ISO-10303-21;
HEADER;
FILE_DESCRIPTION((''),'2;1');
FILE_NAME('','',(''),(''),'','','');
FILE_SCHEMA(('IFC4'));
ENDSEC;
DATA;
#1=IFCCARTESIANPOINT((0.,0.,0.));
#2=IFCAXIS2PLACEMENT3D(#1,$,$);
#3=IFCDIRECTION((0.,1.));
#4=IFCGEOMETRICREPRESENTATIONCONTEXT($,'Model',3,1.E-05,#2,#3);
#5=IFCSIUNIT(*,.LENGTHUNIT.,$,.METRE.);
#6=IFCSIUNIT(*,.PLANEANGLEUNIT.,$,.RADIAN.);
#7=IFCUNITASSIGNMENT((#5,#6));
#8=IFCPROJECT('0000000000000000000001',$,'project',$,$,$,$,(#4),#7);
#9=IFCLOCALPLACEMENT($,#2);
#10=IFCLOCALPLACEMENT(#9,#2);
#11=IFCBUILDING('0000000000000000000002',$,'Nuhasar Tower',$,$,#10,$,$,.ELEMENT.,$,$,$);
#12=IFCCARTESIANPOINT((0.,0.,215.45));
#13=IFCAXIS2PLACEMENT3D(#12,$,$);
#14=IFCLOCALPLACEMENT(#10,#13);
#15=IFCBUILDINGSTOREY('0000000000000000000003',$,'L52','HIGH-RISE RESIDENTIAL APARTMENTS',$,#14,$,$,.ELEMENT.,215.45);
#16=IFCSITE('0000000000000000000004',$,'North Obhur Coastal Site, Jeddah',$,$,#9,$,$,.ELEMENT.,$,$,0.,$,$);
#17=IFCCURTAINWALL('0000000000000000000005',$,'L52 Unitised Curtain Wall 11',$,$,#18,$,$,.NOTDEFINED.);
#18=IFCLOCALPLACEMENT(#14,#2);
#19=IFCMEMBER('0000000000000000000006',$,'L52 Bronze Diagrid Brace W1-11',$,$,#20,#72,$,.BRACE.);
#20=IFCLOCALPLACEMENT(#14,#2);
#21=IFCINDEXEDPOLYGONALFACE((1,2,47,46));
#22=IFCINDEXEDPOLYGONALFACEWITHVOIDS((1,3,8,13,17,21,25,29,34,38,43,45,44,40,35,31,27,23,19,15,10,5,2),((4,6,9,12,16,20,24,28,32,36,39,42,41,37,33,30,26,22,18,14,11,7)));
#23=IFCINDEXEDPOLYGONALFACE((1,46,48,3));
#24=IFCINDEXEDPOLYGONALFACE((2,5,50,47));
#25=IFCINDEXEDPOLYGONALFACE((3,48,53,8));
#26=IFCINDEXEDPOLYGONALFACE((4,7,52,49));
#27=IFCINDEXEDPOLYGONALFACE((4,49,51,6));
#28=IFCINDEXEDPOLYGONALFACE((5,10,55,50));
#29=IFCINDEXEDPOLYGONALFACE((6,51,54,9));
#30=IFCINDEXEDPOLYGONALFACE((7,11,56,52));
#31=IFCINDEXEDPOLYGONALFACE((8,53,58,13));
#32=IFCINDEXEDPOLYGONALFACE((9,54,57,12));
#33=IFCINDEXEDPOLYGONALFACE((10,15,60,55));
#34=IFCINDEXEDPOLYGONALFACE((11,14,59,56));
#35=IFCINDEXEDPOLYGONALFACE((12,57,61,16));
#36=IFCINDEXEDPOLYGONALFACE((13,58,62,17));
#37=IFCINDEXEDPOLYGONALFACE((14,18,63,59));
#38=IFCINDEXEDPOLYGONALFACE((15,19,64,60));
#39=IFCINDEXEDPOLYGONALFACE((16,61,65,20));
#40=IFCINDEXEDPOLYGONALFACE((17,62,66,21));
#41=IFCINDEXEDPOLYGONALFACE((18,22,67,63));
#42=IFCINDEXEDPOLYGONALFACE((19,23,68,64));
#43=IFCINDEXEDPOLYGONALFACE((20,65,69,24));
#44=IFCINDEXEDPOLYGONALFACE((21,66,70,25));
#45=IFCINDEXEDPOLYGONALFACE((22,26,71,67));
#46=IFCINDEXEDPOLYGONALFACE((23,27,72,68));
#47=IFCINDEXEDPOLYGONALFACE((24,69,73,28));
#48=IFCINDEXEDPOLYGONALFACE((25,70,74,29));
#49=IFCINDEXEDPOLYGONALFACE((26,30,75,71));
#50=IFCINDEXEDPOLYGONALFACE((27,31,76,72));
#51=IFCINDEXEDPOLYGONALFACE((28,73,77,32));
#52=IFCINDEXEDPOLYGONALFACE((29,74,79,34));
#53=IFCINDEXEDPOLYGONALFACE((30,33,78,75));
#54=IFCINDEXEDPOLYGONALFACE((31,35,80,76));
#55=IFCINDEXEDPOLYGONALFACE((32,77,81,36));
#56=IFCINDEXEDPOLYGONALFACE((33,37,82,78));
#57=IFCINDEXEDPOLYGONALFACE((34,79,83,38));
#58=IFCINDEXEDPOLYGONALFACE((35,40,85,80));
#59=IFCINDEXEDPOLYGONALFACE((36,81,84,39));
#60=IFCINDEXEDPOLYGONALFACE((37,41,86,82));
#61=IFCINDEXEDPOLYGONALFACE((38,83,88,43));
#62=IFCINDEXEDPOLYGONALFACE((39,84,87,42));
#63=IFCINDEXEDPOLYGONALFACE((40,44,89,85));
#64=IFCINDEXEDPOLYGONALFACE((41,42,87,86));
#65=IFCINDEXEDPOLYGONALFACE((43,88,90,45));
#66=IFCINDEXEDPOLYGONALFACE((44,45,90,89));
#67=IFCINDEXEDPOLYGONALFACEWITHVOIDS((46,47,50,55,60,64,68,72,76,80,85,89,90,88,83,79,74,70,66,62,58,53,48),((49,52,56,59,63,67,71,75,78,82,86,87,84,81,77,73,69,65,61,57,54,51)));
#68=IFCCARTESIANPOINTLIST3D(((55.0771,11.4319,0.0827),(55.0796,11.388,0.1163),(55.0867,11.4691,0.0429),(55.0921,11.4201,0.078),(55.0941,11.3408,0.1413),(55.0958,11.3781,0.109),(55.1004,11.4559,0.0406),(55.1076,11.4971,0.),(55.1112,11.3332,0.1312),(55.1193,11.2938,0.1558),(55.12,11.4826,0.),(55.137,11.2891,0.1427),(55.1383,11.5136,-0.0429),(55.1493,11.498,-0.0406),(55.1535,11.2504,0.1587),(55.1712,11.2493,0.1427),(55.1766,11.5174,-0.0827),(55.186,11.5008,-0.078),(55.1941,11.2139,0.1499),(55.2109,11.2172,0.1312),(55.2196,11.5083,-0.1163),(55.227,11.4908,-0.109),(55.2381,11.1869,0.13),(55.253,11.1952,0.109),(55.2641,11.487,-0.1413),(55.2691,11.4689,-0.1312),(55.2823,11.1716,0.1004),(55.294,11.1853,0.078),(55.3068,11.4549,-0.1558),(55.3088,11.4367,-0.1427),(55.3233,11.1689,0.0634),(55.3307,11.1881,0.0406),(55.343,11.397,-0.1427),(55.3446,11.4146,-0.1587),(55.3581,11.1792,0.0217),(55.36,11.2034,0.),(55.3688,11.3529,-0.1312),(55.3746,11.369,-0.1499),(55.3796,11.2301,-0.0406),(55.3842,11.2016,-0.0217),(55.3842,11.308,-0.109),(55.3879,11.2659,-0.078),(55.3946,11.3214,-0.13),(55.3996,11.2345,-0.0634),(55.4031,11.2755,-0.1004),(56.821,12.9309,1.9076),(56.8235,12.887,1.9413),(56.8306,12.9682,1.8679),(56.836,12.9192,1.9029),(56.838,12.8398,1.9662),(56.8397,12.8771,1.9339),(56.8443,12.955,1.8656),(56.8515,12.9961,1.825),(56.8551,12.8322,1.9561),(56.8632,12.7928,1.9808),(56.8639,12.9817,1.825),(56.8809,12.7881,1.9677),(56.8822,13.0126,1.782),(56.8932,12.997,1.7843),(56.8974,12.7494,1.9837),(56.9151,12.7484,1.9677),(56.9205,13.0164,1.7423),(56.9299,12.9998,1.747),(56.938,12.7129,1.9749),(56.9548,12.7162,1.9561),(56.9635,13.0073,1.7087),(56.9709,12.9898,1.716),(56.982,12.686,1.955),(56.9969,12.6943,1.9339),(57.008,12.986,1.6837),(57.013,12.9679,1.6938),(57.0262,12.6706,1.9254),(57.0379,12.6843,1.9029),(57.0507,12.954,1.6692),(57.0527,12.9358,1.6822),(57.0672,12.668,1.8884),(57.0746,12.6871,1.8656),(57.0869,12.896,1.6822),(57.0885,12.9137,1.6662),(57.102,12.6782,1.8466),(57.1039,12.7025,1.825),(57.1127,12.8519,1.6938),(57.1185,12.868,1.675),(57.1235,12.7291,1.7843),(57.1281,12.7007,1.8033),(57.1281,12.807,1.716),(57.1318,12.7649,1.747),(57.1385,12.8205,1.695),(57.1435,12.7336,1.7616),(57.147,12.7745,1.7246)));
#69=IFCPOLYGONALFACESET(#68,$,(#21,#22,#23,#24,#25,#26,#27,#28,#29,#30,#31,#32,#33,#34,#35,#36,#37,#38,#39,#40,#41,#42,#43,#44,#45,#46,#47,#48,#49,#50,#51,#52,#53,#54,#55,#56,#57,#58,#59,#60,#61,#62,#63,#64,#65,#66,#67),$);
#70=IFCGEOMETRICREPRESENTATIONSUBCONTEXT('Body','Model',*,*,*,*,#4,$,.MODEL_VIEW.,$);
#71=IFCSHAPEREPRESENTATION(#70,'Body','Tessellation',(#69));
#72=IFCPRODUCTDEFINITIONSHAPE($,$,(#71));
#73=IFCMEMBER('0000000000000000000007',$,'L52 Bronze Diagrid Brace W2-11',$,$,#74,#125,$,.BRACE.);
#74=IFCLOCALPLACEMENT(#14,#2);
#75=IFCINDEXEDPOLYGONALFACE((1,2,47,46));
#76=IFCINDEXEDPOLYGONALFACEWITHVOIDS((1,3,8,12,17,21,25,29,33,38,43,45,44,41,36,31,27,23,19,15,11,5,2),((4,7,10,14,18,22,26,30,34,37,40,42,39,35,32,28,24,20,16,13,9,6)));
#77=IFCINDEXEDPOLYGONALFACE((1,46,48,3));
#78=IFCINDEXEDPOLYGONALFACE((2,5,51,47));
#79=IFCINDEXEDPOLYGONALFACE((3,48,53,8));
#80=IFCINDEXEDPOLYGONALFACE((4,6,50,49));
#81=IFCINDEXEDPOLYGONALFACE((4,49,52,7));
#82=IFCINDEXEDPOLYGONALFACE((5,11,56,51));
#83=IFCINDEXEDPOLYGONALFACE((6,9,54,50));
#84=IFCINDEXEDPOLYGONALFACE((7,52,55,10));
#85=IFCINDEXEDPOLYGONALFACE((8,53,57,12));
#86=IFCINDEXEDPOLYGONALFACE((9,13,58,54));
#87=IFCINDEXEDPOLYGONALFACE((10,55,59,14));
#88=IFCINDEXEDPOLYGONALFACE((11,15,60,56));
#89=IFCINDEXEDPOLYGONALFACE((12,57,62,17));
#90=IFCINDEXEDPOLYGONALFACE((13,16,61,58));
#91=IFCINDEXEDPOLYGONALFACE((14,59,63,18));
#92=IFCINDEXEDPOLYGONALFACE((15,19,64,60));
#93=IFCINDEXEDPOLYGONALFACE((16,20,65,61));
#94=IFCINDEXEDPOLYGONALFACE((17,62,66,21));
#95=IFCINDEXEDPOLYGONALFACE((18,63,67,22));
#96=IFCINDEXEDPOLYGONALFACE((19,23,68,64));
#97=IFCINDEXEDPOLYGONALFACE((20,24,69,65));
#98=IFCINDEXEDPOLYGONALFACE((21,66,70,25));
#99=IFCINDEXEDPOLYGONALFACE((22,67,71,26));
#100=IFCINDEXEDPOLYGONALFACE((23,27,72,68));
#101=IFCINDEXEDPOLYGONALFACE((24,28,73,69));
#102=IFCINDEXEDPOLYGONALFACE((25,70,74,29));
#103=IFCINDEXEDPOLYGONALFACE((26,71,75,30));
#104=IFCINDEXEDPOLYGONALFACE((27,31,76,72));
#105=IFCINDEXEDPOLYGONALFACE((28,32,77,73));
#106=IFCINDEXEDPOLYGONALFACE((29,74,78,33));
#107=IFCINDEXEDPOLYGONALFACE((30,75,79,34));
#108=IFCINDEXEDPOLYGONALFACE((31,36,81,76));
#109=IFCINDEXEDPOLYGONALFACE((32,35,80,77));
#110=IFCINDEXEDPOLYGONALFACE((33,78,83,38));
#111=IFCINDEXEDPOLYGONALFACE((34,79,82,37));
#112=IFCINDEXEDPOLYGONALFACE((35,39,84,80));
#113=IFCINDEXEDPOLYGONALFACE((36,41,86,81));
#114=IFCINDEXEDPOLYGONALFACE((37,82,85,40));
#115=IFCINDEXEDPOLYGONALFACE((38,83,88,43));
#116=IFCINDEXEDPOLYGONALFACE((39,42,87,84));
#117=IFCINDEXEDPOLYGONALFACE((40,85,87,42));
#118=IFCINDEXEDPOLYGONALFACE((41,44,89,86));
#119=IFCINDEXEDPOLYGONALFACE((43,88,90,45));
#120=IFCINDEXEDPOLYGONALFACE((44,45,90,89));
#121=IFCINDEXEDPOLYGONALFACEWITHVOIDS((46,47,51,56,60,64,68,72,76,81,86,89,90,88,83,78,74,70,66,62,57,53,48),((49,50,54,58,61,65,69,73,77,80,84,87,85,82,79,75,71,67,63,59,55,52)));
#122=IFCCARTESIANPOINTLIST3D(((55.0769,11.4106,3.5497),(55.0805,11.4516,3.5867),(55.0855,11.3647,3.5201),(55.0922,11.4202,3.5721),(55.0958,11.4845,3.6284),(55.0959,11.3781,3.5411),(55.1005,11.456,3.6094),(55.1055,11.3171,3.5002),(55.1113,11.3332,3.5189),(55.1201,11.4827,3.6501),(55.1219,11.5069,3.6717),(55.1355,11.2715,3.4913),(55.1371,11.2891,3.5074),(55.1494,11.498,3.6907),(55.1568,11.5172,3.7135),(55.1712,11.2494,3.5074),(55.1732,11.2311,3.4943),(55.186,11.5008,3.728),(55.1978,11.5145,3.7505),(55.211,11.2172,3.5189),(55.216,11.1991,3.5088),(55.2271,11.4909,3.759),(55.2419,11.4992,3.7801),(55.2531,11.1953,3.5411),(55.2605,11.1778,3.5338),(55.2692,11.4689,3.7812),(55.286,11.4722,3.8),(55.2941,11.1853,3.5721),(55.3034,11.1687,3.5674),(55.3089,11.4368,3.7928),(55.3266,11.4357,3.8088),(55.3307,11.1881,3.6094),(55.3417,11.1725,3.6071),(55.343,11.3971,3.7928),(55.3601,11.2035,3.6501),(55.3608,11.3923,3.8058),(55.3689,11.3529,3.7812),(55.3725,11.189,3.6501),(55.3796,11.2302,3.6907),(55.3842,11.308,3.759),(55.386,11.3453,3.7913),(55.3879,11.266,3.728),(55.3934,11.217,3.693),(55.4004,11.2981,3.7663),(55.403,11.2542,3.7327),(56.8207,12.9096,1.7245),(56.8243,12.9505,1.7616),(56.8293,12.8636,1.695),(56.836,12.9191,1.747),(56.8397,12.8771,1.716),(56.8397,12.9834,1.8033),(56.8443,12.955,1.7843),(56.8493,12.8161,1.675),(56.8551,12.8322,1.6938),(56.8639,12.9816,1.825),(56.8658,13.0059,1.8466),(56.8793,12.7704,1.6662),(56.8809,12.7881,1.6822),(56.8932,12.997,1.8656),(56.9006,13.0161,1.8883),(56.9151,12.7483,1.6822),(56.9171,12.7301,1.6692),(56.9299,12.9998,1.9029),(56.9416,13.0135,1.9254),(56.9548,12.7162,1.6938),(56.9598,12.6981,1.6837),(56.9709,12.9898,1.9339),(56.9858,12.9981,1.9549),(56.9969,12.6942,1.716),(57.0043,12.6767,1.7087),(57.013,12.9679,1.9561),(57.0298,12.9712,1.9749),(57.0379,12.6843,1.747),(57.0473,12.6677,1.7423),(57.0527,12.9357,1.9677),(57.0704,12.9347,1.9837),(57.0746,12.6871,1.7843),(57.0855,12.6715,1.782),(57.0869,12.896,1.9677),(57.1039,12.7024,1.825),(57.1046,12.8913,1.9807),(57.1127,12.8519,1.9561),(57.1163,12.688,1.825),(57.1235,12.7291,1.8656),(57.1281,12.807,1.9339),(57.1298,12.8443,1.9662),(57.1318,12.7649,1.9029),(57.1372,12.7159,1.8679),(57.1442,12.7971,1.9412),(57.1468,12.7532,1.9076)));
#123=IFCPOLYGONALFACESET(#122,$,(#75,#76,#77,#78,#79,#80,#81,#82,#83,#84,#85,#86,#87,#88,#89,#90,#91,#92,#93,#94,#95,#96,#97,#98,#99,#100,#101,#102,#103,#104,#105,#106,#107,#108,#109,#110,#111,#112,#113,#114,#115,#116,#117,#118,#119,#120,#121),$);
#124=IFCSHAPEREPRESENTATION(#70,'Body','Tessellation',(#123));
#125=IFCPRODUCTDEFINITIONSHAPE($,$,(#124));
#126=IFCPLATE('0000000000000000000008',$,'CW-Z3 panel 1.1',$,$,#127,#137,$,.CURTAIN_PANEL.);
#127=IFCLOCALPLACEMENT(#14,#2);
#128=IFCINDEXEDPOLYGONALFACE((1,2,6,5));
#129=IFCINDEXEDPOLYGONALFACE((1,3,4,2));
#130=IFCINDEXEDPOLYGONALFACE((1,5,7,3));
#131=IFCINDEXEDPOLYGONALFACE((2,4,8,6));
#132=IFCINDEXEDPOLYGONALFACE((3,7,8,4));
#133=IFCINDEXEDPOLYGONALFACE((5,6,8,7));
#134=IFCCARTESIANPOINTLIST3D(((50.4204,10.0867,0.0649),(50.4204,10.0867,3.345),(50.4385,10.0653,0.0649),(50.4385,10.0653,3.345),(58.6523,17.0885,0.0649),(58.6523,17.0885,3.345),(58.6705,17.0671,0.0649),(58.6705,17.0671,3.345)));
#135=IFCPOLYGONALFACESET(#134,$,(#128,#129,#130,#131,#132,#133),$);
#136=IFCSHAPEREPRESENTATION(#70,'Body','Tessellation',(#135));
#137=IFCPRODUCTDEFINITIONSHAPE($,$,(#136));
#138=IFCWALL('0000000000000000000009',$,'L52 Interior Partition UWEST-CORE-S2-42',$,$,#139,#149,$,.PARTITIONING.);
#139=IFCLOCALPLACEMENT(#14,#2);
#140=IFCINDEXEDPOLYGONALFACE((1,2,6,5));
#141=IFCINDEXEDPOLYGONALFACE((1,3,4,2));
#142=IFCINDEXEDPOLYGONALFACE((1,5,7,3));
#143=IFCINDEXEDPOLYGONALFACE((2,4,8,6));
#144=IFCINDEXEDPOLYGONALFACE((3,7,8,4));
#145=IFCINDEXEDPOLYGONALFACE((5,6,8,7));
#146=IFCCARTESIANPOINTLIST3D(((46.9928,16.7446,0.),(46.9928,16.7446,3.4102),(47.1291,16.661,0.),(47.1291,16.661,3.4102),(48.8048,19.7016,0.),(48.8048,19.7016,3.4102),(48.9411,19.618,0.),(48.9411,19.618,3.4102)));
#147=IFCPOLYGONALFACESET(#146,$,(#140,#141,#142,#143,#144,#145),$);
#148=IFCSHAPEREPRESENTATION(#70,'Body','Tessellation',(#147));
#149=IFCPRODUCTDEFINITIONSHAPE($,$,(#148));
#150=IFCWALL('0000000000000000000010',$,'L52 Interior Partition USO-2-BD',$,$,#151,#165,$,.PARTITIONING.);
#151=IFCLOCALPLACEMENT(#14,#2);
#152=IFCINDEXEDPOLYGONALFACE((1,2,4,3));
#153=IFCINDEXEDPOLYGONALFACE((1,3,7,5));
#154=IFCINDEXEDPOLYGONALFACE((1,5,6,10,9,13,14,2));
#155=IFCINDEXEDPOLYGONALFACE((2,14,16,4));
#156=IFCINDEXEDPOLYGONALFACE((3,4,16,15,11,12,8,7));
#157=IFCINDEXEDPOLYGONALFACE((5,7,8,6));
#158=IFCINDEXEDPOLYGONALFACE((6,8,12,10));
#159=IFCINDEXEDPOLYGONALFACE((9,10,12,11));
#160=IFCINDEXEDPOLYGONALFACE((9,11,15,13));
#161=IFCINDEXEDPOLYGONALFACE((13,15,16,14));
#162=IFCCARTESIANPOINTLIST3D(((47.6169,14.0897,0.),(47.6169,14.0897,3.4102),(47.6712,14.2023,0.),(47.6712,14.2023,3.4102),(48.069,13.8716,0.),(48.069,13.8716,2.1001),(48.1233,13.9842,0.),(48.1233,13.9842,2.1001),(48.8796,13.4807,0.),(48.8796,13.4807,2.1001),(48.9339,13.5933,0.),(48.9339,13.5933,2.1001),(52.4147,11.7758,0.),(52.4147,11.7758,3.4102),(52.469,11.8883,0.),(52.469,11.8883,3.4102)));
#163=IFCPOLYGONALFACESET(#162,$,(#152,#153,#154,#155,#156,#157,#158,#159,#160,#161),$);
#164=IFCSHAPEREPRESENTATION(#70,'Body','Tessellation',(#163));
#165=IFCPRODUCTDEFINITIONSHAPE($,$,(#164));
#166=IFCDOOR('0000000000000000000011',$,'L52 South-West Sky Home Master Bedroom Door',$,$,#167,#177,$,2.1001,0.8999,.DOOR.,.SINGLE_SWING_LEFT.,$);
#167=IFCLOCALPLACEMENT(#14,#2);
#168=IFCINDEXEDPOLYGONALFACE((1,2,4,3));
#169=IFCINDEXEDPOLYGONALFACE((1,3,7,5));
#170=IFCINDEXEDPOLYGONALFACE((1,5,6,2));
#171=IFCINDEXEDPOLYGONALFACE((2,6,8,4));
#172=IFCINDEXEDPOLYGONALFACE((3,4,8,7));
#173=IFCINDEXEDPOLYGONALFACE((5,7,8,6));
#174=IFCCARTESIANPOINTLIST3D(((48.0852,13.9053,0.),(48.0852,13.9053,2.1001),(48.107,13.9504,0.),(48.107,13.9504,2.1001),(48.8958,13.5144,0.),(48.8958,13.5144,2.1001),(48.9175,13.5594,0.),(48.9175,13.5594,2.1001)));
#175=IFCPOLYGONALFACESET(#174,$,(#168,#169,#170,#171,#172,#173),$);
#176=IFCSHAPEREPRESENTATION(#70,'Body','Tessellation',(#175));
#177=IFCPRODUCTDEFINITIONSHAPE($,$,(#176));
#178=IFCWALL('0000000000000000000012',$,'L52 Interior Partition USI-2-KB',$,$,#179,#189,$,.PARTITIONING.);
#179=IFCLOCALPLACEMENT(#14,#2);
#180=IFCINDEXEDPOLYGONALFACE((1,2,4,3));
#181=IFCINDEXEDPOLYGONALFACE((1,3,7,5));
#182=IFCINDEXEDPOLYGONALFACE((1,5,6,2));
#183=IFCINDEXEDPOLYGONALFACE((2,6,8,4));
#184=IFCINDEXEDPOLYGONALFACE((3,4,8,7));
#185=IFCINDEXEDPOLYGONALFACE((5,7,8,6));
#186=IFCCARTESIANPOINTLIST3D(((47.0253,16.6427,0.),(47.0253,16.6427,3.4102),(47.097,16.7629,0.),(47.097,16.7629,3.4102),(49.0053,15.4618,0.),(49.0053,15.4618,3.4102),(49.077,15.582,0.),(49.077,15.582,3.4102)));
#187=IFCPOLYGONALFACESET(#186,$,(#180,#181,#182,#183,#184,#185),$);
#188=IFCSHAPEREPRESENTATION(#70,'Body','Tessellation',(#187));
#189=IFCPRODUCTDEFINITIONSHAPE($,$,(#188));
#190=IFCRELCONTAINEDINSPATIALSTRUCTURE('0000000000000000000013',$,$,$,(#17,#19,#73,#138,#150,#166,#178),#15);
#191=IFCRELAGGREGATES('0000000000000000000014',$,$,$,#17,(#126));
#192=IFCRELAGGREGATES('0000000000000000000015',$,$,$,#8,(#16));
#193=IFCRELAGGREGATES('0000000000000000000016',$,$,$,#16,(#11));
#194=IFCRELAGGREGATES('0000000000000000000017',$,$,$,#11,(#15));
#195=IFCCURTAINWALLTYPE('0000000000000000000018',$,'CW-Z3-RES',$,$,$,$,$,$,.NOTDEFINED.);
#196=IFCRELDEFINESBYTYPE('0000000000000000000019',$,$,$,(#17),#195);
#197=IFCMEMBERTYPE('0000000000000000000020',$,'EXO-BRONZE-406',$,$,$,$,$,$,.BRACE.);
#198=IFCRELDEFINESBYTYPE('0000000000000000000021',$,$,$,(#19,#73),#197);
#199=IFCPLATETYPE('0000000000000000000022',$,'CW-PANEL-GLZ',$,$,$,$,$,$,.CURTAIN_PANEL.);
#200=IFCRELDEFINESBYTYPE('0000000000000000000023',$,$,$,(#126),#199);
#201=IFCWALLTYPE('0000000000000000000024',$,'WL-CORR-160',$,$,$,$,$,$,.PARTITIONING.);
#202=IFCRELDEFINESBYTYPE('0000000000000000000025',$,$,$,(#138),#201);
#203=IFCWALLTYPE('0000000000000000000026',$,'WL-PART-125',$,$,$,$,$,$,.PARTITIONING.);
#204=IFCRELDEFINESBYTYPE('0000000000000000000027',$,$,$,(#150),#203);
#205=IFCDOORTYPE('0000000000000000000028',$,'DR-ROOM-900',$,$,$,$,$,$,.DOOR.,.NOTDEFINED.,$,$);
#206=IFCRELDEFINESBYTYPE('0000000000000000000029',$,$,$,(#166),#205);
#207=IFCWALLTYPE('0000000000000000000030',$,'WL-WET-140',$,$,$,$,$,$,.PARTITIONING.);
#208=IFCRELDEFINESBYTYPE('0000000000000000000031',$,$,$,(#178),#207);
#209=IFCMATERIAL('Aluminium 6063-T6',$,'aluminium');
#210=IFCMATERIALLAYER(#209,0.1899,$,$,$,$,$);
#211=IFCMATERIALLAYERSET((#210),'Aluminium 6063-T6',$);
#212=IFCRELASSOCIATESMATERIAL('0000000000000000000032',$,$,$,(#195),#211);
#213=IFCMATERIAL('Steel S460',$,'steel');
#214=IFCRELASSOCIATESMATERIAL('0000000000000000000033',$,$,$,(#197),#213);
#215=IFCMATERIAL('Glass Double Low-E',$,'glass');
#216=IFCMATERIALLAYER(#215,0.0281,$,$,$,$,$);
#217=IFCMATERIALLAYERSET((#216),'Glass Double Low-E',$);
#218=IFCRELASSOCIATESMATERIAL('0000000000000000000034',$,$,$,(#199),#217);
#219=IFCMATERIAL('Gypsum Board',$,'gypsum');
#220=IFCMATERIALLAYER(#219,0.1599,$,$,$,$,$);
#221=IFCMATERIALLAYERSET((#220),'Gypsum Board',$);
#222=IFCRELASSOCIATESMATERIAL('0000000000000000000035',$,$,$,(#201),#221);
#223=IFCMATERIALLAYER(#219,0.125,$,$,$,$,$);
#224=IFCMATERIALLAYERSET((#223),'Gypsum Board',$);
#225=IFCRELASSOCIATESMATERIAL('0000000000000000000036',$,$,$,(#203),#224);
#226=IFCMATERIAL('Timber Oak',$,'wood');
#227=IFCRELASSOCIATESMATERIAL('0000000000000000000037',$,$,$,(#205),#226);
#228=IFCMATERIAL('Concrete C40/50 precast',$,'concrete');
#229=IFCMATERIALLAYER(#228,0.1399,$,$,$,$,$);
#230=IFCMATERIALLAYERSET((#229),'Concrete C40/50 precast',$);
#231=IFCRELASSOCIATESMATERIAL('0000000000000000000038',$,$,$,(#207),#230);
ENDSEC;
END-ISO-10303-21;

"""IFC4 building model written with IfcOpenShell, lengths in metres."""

from ifc_helpers import new_model, si_unit, direction, frame, frame_2d, origin, origin_2d, place, context, subcontext, project, spatial, rectangle, hollow_circle, extrude, material, layer, layer_set, material_profile, profile_set, type_object, element, fill, aggregate, save


model = new_model("IFC4")

# Units and contexts
model_context = context("Model", 3, precision=1e-05, world=origin(), true_north=direction((0.0, 1.0)))
body_context = subcontext(model_context, "Body", "Model", "MODEL_VIEW")
ifc_project = project(units=[si_unit("LENGTHUNIT", "METRE"), si_unit("PLANEANGLEUNIT", "RADIAN")], contexts=[model_context])

# Site, building, storey
site_placement = place(None, origin())
site = spatial("IfcSite", under=ifc_project, at=site_placement, Name="North Obhur Coastal Site, Jeddah", CompositionType="ELEMENT", RefElevation=0.0)
building_placement = place(site_placement, origin())
building = spatial("IfcBuilding", under=site, at=building_placement, Name="Nuhasar Tower", CompositionType="ELEMENT")
storey_placement = place(building_placement, frame((0.0, 0.0, 215.45)))
storey = spatial("IfcBuildingStorey", under=building, at=storey_placement, Name="L52", Description="HIGH-RISE RESIDENTIAL APARTMENTS", CompositionType="ELEMENT", Elevation=215.45)

# Shared definitions
ifc_material_1 = material(Name="Aluminium 6063-T6", Category="aluminium")
ifc_layer_1 = layer(ifc_material_1, 0.1899)
ifc_layer_set_1 = layer_set([ifc_layer_1], Name="Aluminium 6063-T6")
curtain_wall_type = type_object("IfcCurtainWallType", Name="CW-Z3-RES", PredefinedType="NOTDEFINED", material=ifc_layer_set_1)

# Curtain wall
curtain_wall_1_placement = place(storey_placement, origin())
curtain_wall_1 = element("IfcCurtainWall", 1, at=curtain_wall_1_placement, inside=storey, type_object=curtain_wall_type, Name="L52 Unitised Curtain Wall 11", PredefinedType="NOTDEFINED")

# Members
ifc_material_2 = material(Name="Steel S460", Category="steel")
ifc_material_profile_1 = material_profile(ifc_material_2, hollow_circle(Radius=0.2031, WallThickness=0.019, at=origin_2d()), Name="HSS406.4X19.1")
ifc_profile_set_1 = profile_set([ifc_material_profile_1], Name="Steel S460")
member_type_1 = type_object("IfcMemberType", Name="EXO-BRONZE-406", PredefinedType="BRACE", material=ifc_profile_set_1)
for number, where, z_axis, x_axis, name in (
    (2, (55.24, 11.343, 0.0), (0.594019, 0.510608, 0.621628), (-0.651857, 0.758342, 0.0), "L52 Bronze Diagrid Brace W1-11"),
    (3, (56.9839, 12.842, 1.825), (-0.593988, -0.510582, 0.621679), (0.651857, -0.758342, 0.0), "L52 Bronze Diagrid Brace W2-11"),
):
    element("IfcMember", number, at=place(storey_placement, frame(where, z_axis=z_axis, x_axis=x_axis)), inside=storey, type_object=member_type_1, Name=name, PredefinedType="BRACE", context=body_context, shape_type="SweptSolid", body=[
        extrude(hollow_circle(Radius=0.2031, WallThickness=0.019, at=origin_2d()), origin(), (0.0, 0.0, 1.0), 2.9358),
    ])

# Plate
ifc_material_3 = material(Name="Glass Double Low-E", Category="glass")
ifc_layer_2 = layer(ifc_material_3, 0.0281)
ifc_layer_set_2 = layer_set([ifc_layer_2], Name="Glass Double Low-E")
plate_type = type_object("IfcPlateType", Name="CW-PANEL-GLZ", PredefinedType="CURTAIN_PANEL", material=ifc_layer_set_2)
plate_placement = place(storey_placement, frame((54.5454, 13.5769, 0.0649), z_axis=(0.0, 0.0, 1.0), x_axis=(0.761729, 0.647895, 0.0)))
plate = element("IfcPlate", 4, at=plate_placement, type_object=plate_type, Name="CW-Z3 panel 1.1", PredefinedType="CURTAIN_PANEL", context=body_context, shape_type="SweptSolid", body=[
    extrude(rectangle(XDim=10.8069, YDim=0.0281, at=origin_2d()), origin(), (0.0, 0.0, 1.0), 3.28),
])
aggregate(curtain_wall_1, [plate])

# Wall
ifc_material_4 = material(Name="Gypsum Board", Category="gypsum")
ifc_layer_3 = layer(ifc_material_4, 0.1599)
ifc_layer_set_3 = layer_set([ifc_layer_3], Name="Gypsum Board")
wall_type_1 = type_object("IfcWallType", Name="WL-CORR-160", PredefinedType="PARTITIONING", material=ifc_layer_set_3)
wall_1_placement = place(storey_placement, frame((47.061, 16.7029, 0.0), z_axis=(0.0, 0.0, 1.0), x_axis=(0.522486, 0.852648, 0.0)))
element("IfcWall", 5, at=wall_1_placement, inside=storey, type_object=wall_type_1, Name="L52 Interior Partition UWEST-CORE-S2-42", PredefinedType="PARTITIONING", context=body_context, shape_type="SweptSolid", body=[
    extrude(rectangle(XDim=3.468, YDim=0.1599, at=frame_2d((1.7339, 0.0))), origin(), (0.0, 0.0, 1.0), 3.4102),
])

# Wall, opening, door
ifc_layer_4 = layer(ifc_material_4, 0.125)
ifc_layer_set_4 = layer_set([ifc_layer_4], Name="Gypsum Board")
wall_type_2 = type_object("IfcWallType", Name="WL-PART-125", PredefinedType="PARTITIONING", material=ifc_layer_set_4)
wall_2_placement = place(storey_placement, frame((47.644, 14.146, 0.0), z_axis=(0.0, 0.0, 1.0), x_axis=(0.900716, -0.434408, 0.0)))
wall_2 = element("IfcWall", 6, at=wall_2_placement, inside=storey, type_object=wall_type_2, Name="L52 Interior Partition USO-2-BD", PredefinedType="PARTITIONING", context=body_context, shape_type="SweptSolid", body=[
    extrude(rectangle(XDim=5.3267, YDim=0.125, at=frame_2d((2.6633, 0.0))), origin(), (0.0, 0.0, 1.0), 3.4102),
])
opening_placement = place(wall_2_placement, frame((0.502, 0.0, 0.0)))
opening = element("IfcOpeningElement", 7, at=opening_placement, cuts=wall_2, PredefinedType="OPENING", context=body_context, shape_type="SweptSolid", body=[
    extrude(rectangle(XDim=0.8999, YDim=2.1001, at=frame_2d((0.45, 1.05))), frame((0.0, 0.0725, 0.0), z_axis=(0.0, -1.0, 0.0), x_axis=(1.0, 0.0, 0.0)), (0.0, 0.0, 1.0), 0.145),
])
ifc_material_5 = material(Name="Timber Oak", Category="wood")
door_type = type_object("IfcDoorType", Name="DR-ROOM-900", OperationType="NOTDEFINED", PredefinedType="DOOR", material=ifc_material_5)
door_placement = place(opening_placement, origin())
door = element("IfcDoor", 8, at=door_placement, inside=storey, type_object=door_type, Name="L52 South-West Sky Home Master Bedroom Door", OperationType="SINGLE_SWING_LEFT", OverallHeight=2.1001, OverallWidth=0.8999, PredefinedType="DOOR", context=body_context, shape_type="SweptSolid", body=[
    extrude(rectangle(XDim=0.8999, YDim=2.1001, at=frame_2d((0.45, 1.05))), frame((0.0, 0.0249, 0.0), z_axis=(0.0, -1.0, 0.0), x_axis=(1.0, 0.0, 0.0)), (0.0, 0.0, 1.0), 0.05),
])
fill(opening, door)

# Wall
ifc_material_6 = material(Name="Concrete C40/50 precast", Category="concrete")
ifc_layer_5 = layer(ifc_material_6, 0.1399)
ifc_layer_set_5 = layer_set([ifc_layer_5], Name="Concrete C40/50 precast")
wall_type_3 = type_object("IfcWallType", Name="WL-WET-140", PredefinedType="PARTITIONING", material=ifc_layer_set_5)
wall_3_placement = place(storey_placement, frame((47.061, 16.7029, 0.0), z_axis=(0.0, 0.0, 1.0), x_axis=(0.858845, -0.512236, 0.0)))
element("IfcWall", 9, at=wall_3_placement, inside=storey, type_object=wall_type_3, Name="L52 Interior Partition USI-2-KB", PredefinedType="PARTITIONING", context=body_context, shape_type="SweptSolid", body=[
    extrude(rectangle(XDim=2.3054, YDim=0.1399, at=frame_2d((1.1528, 0.0))), origin(), (0.0, 0.0, 1.0), 3.4102),
])

save(model, "model.ifc")
